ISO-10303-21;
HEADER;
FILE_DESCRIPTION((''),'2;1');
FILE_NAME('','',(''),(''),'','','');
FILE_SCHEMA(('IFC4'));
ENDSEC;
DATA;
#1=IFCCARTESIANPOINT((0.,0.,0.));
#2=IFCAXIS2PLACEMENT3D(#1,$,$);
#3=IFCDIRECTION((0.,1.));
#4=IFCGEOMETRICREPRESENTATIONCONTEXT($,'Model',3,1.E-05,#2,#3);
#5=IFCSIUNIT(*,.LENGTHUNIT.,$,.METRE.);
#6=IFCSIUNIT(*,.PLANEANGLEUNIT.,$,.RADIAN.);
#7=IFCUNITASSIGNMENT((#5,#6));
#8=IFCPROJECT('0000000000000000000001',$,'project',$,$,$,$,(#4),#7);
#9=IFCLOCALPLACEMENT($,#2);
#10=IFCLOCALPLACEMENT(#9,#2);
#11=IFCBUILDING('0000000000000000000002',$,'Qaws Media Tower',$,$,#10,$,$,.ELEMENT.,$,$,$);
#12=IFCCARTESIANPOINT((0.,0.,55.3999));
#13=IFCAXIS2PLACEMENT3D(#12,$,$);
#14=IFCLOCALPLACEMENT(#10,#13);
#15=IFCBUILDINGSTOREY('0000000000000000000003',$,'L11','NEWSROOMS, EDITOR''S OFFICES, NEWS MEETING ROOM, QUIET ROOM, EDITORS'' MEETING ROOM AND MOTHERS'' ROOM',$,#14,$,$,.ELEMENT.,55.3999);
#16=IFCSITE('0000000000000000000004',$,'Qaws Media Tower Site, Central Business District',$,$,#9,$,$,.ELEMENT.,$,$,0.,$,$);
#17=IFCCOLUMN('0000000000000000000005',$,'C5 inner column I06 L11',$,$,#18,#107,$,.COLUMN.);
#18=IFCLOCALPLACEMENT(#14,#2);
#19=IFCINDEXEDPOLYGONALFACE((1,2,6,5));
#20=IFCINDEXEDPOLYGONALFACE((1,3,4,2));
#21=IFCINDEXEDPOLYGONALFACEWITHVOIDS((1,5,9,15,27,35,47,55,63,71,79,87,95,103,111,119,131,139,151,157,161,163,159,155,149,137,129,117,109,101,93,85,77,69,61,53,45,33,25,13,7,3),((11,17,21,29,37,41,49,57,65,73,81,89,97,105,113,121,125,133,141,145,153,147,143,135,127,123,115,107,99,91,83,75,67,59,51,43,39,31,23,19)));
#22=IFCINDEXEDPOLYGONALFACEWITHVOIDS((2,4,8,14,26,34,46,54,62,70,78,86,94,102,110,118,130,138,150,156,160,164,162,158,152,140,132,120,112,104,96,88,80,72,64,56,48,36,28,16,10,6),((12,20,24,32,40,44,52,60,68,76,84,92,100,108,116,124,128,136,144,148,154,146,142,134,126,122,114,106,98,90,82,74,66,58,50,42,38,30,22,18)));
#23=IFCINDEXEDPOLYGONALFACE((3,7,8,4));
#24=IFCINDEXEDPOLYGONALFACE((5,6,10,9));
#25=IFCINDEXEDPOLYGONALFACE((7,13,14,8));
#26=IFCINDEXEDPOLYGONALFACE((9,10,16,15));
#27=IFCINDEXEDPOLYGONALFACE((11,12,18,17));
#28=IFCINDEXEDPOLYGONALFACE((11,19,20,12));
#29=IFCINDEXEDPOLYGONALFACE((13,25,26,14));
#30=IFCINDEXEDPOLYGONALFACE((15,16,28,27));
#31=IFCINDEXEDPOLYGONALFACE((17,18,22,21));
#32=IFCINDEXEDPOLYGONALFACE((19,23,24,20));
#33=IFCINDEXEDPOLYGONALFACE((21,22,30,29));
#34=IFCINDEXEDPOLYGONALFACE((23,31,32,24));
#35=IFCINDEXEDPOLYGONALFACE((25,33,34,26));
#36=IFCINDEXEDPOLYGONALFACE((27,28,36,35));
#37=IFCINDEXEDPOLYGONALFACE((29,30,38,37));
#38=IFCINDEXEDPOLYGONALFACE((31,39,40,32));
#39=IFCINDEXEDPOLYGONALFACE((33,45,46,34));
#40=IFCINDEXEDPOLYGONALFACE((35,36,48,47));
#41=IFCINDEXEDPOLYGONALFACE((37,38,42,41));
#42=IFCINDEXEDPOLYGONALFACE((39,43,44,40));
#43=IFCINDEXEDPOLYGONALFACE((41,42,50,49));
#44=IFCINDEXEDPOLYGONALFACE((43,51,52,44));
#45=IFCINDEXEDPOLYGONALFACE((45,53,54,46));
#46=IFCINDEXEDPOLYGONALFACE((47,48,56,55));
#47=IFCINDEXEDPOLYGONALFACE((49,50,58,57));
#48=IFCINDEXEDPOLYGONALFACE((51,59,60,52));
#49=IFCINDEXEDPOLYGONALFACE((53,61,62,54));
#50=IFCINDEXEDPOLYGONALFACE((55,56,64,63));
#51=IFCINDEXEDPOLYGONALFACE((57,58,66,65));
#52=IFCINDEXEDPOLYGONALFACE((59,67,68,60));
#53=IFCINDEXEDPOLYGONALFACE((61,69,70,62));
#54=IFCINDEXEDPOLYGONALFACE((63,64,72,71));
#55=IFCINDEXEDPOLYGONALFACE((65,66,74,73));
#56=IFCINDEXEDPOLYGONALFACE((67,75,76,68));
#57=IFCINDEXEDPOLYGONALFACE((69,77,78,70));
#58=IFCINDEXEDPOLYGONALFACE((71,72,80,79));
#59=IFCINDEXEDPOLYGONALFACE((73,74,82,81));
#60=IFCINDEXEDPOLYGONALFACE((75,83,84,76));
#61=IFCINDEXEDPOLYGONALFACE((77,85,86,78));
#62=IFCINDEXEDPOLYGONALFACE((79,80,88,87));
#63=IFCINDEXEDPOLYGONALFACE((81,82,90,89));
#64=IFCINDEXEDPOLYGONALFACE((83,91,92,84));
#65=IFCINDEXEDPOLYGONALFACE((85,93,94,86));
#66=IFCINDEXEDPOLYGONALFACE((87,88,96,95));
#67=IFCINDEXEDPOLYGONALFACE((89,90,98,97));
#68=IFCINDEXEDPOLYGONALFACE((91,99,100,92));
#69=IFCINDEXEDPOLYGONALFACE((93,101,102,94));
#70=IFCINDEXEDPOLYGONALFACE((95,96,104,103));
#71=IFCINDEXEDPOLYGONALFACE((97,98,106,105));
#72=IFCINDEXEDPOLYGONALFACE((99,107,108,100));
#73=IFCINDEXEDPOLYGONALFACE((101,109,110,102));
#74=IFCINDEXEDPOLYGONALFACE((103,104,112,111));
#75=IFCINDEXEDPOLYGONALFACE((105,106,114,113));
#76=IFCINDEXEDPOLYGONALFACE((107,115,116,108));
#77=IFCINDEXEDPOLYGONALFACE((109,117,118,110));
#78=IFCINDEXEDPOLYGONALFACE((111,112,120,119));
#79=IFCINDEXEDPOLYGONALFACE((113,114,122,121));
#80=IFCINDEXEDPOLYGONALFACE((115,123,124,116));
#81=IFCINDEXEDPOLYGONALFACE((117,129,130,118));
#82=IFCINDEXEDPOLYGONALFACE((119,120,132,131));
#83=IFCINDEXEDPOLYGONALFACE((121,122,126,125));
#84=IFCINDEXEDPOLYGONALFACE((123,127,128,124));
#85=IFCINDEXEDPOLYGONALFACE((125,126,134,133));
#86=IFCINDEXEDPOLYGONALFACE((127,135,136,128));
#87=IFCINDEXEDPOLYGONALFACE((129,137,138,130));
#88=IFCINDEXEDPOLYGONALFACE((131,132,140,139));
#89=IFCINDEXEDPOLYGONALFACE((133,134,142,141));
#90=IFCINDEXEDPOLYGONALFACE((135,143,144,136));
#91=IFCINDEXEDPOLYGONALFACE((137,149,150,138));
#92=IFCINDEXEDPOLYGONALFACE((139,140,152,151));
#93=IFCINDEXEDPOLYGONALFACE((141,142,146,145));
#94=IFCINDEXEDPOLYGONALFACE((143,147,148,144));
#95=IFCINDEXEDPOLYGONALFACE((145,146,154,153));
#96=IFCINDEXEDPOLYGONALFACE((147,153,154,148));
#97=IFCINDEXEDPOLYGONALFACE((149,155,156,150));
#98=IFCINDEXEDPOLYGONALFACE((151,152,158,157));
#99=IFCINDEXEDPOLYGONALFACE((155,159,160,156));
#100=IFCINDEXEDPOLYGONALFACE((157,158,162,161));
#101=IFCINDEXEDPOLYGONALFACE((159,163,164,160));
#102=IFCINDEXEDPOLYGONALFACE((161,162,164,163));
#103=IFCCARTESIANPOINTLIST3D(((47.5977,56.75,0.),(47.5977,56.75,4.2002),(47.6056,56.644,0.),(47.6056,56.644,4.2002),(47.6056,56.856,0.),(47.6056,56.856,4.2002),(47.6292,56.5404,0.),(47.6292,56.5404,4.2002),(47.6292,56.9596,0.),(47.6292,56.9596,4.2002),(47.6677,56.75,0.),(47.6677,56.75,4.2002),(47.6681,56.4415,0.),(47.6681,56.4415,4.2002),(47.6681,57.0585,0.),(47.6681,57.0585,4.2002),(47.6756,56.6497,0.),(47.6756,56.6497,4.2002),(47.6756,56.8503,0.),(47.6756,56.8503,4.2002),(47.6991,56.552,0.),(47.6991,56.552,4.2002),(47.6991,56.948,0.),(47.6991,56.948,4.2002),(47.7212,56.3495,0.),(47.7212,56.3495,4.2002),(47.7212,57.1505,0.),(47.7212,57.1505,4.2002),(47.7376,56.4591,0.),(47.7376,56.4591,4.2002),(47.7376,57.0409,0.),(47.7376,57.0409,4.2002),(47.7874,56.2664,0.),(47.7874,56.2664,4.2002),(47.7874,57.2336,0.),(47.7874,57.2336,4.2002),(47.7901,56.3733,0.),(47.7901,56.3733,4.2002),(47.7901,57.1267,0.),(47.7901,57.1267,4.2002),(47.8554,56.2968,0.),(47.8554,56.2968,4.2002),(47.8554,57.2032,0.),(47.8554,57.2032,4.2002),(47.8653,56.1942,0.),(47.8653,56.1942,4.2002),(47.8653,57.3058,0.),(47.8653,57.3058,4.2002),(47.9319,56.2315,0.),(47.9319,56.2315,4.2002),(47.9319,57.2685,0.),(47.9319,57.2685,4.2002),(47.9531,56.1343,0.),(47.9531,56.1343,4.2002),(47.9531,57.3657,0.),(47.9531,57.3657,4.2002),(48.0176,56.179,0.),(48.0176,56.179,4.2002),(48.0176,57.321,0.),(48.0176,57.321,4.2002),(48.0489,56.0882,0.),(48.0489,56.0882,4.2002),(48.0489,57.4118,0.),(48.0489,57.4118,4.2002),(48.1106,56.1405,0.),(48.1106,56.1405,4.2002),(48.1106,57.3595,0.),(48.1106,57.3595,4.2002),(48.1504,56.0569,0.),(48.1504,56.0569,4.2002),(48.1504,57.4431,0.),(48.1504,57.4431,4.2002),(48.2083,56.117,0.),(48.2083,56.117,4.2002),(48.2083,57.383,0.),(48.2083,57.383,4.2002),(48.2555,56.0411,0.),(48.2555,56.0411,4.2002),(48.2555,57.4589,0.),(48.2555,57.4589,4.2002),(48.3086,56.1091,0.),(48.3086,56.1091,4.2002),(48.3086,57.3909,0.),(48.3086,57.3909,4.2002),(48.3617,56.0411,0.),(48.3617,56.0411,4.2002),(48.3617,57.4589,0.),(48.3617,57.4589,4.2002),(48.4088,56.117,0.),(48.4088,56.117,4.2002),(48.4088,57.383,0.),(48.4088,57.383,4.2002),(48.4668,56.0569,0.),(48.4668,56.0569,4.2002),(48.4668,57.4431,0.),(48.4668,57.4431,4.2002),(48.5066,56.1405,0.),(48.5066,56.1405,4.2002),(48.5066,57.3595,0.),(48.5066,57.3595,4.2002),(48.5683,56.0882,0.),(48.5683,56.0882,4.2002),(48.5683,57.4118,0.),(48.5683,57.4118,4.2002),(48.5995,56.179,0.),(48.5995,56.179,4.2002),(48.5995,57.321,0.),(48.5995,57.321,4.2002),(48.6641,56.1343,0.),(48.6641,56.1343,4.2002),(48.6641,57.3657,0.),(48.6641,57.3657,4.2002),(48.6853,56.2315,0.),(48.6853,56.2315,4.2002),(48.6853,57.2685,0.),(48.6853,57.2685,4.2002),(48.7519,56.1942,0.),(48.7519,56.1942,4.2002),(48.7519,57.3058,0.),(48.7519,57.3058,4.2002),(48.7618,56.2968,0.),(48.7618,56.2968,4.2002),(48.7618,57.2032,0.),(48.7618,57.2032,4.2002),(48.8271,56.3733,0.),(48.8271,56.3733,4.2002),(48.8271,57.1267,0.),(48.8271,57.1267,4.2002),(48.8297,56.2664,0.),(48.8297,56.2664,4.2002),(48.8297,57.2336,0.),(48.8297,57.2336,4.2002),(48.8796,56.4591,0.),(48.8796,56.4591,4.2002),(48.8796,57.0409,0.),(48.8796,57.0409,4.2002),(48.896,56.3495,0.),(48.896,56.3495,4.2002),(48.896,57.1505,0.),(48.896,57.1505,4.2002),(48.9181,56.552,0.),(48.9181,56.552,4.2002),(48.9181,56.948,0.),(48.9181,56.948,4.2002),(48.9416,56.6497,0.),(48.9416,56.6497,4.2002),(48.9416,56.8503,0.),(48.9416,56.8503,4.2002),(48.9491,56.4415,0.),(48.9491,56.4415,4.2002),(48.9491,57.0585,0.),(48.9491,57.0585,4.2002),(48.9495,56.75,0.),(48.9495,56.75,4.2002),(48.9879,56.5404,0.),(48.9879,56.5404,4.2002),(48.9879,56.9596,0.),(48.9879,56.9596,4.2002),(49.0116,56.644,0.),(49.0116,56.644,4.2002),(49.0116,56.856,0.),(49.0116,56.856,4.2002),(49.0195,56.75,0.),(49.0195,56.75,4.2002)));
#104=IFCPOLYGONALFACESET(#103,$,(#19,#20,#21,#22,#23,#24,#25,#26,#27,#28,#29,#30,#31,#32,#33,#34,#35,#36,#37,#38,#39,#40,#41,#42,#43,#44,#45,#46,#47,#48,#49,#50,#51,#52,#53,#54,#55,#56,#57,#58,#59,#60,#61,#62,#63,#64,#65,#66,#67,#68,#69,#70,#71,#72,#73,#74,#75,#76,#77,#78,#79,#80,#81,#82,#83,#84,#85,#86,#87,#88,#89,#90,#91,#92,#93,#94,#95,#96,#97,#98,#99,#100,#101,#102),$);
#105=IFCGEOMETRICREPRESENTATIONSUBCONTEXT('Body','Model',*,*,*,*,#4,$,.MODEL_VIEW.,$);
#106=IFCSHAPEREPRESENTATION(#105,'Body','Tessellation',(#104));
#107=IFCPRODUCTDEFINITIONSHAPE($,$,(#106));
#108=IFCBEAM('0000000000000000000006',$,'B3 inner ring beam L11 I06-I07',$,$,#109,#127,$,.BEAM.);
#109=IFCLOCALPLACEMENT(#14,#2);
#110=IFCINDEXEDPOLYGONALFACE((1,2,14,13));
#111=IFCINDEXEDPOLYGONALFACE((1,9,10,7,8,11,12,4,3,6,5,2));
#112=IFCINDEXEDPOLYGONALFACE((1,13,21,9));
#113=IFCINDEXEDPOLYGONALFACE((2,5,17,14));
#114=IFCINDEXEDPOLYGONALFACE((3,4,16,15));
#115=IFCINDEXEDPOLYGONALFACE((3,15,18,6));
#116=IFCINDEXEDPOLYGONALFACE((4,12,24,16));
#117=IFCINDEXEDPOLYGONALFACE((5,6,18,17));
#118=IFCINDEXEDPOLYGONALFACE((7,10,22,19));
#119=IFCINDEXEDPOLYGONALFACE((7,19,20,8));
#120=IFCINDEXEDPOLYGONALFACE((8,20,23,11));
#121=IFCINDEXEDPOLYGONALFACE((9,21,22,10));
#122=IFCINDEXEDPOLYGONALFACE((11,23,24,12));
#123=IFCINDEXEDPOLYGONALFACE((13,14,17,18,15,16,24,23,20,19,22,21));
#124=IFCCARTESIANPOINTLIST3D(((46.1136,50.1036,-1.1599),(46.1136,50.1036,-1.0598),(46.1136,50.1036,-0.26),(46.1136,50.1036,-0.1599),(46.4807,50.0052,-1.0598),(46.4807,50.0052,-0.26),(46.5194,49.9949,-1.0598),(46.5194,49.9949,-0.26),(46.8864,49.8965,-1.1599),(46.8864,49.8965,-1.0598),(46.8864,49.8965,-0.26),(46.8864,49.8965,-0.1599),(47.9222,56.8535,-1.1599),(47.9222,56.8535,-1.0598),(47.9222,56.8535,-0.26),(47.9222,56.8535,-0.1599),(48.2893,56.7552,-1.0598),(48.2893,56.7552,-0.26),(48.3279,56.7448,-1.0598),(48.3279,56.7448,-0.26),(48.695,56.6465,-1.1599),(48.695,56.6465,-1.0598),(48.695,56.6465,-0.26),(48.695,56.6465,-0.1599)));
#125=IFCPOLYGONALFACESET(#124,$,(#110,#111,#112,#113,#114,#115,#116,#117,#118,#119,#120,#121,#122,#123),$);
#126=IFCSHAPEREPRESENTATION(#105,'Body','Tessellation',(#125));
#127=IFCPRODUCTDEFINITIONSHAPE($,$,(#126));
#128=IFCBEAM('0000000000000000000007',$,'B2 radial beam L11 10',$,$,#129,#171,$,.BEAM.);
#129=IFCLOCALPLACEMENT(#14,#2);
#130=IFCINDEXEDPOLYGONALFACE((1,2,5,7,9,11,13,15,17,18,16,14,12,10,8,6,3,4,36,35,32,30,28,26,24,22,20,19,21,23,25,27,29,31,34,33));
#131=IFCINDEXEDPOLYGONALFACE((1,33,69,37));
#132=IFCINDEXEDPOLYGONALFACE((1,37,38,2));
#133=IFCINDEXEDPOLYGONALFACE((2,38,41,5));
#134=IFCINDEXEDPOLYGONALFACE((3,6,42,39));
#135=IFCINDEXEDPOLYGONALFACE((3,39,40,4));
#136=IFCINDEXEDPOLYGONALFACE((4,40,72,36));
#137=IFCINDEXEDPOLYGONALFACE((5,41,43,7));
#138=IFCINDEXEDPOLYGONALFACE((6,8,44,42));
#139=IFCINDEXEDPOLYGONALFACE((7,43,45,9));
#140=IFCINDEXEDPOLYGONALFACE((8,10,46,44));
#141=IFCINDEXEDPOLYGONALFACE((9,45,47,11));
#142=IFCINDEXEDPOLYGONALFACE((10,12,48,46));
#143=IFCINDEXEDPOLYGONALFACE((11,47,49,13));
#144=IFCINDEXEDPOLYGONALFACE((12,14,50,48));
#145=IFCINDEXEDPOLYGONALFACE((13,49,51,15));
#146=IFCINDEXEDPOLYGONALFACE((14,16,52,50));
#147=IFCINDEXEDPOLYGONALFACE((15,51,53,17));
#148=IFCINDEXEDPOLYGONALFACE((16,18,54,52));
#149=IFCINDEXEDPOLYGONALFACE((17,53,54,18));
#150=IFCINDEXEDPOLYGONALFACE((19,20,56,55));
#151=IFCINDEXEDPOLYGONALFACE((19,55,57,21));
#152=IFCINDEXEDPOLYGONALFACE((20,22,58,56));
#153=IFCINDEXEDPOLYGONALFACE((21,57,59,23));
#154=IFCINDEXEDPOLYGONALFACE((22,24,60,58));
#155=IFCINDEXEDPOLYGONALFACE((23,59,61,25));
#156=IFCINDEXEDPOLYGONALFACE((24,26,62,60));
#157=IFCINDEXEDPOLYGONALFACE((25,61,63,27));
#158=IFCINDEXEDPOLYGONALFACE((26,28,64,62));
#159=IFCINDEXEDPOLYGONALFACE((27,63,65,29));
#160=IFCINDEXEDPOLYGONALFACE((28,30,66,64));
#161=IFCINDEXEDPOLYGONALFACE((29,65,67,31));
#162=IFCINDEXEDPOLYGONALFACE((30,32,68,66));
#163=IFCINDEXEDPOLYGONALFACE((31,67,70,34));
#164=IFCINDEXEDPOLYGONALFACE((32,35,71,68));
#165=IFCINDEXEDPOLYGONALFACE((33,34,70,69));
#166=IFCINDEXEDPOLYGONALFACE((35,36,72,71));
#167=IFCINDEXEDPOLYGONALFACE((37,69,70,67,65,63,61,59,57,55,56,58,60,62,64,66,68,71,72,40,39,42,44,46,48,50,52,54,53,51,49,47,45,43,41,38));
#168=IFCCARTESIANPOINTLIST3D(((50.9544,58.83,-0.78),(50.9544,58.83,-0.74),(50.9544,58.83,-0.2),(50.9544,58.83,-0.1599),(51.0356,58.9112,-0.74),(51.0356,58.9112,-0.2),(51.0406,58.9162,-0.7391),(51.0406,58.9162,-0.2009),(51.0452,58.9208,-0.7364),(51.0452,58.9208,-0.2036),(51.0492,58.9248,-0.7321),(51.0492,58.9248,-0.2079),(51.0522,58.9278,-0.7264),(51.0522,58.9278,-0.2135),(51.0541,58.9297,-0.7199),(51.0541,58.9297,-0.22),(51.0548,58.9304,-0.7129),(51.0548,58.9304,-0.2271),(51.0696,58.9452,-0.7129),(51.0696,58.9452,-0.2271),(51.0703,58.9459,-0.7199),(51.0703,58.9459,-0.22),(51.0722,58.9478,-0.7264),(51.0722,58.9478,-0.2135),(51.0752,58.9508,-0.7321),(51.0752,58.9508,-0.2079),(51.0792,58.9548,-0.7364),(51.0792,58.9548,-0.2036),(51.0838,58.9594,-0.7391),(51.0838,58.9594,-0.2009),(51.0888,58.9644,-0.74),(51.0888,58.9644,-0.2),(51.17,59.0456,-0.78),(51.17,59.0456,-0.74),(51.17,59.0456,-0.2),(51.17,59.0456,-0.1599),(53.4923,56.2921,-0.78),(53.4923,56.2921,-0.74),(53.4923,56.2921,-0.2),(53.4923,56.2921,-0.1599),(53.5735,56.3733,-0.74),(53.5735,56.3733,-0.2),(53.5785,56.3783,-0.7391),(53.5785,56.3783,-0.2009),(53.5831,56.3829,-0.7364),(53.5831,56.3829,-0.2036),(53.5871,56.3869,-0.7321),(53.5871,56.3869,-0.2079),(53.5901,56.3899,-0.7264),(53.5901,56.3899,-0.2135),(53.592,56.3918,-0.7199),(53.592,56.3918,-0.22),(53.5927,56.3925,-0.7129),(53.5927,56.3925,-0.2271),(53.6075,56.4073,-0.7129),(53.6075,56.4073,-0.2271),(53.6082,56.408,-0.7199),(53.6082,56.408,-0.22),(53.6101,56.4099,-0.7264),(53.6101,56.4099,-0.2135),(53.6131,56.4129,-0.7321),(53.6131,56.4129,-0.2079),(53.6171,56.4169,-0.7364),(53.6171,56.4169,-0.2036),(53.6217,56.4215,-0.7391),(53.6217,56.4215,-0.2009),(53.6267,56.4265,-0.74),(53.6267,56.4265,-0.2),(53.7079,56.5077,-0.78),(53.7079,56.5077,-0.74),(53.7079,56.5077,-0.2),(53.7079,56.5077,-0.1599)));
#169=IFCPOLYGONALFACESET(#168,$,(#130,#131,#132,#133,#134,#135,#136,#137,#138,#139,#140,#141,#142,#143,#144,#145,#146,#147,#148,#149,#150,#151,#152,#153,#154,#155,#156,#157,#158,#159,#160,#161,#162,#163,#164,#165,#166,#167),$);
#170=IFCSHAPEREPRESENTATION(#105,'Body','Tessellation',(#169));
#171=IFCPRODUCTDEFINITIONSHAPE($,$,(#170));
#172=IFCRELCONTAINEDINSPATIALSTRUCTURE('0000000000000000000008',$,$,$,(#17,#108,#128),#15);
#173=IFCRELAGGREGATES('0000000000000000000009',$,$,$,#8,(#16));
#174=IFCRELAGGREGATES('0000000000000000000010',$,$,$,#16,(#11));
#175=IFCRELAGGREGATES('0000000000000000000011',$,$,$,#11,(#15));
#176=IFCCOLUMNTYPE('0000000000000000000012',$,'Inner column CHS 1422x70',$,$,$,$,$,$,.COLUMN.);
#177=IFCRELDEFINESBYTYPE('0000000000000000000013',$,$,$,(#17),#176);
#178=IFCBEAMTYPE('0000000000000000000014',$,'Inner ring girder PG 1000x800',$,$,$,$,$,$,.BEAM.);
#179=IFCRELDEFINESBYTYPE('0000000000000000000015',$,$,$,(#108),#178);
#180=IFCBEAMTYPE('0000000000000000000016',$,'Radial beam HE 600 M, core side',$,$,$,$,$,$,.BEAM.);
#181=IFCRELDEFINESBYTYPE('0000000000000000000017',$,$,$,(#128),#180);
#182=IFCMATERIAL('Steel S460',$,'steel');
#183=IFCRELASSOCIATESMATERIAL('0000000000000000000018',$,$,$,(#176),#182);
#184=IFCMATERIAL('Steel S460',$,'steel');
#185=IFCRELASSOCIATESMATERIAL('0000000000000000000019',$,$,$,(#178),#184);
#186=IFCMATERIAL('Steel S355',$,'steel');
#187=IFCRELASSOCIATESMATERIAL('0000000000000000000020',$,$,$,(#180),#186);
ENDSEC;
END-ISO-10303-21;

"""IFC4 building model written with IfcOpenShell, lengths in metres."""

from ifc_helpers import new_model, si_unit, direction, frame, origin, origin_2d, place, context, subcontext, project, spatial, hollow_circle, i_section, extrude, material, material_profile, profile_set, type_object, element, save


model = new_model("IFC4")

# Units and contexts
model_context = context("Model", 3, precision=1e-05, world=origin(), true_north=direction((0.0, 1.0)))
body_context = subcontext(model_context, "Body", "Model", "MODEL_VIEW")
ifc_project = project(units=[si_unit("LENGTHUNIT", "METRE"), si_unit("PLANEANGLEUNIT", "RADIAN")], contexts=[model_context])

# Site, building, storey
site_placement = place(None, origin())
site = spatial("IfcSite", under=ifc_project, at=site_placement, Name="Qaws Media Tower Site, Central Business District", CompositionType="ELEMENT", RefElevation=0.0)
building_placement = place(site_placement, origin())
building = spatial("IfcBuilding", under=site, at=building_placement, Name="Qaws Media Tower", CompositionType="ELEMENT")
storey_placement = place(building_placement, frame((0.0, 0.0, 55.3999)))
storey = spatial("IfcBuildingStorey", under=building, at=storey_placement, Name="L11", Description="NEWSROOMS, EDITOR'S OFFICES, NEWS MEETING ROOM, QUIET ROOM, EDITORS' MEETING ROOM AND MOTHERS' ROOM", CompositionType="ELEMENT", Elevation=55.3999)

# Column
ifc_material_1 = material(Name="Steel S460", Category="steel")
ifc_material_profile_1 = material_profile(ifc_material_1, hollow_circle(Radius=0.7109, WallThickness=0.0701, at=origin_2d()), Name="CHS 1422x70")
ifc_profile_set_1 = profile_set([ifc_material_profile_1], Name="Steel S460")
column_type = type_object("IfcColumnType", Name="Inner column CHS 1422x70", PredefinedType="COLUMN", material=ifc_profile_set_1)
column_placement = place(storey_placement, frame((48.3086, 56.75, 0.0), z_axis=(0.0, 0.0, 1.0), x_axis=(1.0, 0.0, 0.0)))
element("IfcColumn", 1, at=column_placement, inside=storey, type_object=column_type, Name="C5 inner column I06 L11", PredefinedType="COLUMN", context=body_context, shape_type="SweptSolid", body=[
    extrude(hollow_circle(Radius=0.7109, WallThickness=0.0701, at=origin_2d()), origin(), (0.0, 0.0, 1.0), 4.2002),
])

# Beams
ifc_material_2 = material(Name="Steel S460", Category="steel")
ifc_material_profile_2 = material_profile(ifc_material_2, i_section(OverallWidth=0.8, OverallDepth=1.0, WebThickness=0.04, FlangeThickness=0.1001, at=origin_2d()), Name="PG 1000x800")
ifc_profile_set_2 = profile_set([ifc_material_profile_2], Name="Steel S460")
beam_type_1 = type_object("IfcBeamType", Name="Inner ring girder PG 1000x800", PredefinedType="BEAM", material=ifc_profile_set_2)
beam_1_placement = place(storey_placement, frame((48.3086, 56.75, -0.6599), z_axis=(-0.258811, -0.965928, 0.0), x_axis=(0.965928, -0.258811, 0.0)))
element("IfcBeam", 2, at=beam_1_placement, inside=storey, type_object=beam_type_1, Name="B3 inner ring beam L11 I06-I07", PredefinedType="BEAM", context=body_context, shape_type="SweptSolid", body=[
    extrude(i_section(OverallWidth=0.8, OverallDepth=1.0, WebThickness=0.04, FlangeThickness=0.1001, at=origin_2d()), origin(), (0.0, 0.0, 1.0), 6.988),
])
ifc_material_3 = material(Name="Steel S355", Category="steel")
ifc_material_profile_3 = material_profile(ifc_material_3, i_section(OverallWidth=0.3049, OverallDepth=0.6201, WebThickness=0.021, FlangeThickness=0.04, FilletRadius=0.0271, at=origin_2d()), Name="HE 600 M")
ifc_profile_set_3 = profile_set([ifc_material_profile_3], Name="Steel S355")
beam_type_2 = type_object("IfcBeamType", Name="Radial beam HE 600 M, core side", PredefinedType="BEAM", material=ifc_profile_set_3)
beam_2_placement = place(storey_placement, frame((53.6001, 56.3999, -0.47), z_axis=(-0.707107, 0.707107, 0.0), x_axis=(-0.707107, -0.707107, 0.0)))
element("IfcBeam", 3, at=beam_2_placement, inside=storey, type_object=beam_type_2, Name="B2 radial beam L11 10", PredefinedType="BEAM", context=body_context, shape_type="SweptSolid", body=[
    extrude(i_section(OverallWidth=0.3049, OverallDepth=0.6201, WebThickness=0.021, FlangeThickness=0.04, FilletRadius=0.0271, at=origin_2d()), origin(), (0.0, 0.0, 1.0), 3.5891),
])

save(model, "model.ifc")
